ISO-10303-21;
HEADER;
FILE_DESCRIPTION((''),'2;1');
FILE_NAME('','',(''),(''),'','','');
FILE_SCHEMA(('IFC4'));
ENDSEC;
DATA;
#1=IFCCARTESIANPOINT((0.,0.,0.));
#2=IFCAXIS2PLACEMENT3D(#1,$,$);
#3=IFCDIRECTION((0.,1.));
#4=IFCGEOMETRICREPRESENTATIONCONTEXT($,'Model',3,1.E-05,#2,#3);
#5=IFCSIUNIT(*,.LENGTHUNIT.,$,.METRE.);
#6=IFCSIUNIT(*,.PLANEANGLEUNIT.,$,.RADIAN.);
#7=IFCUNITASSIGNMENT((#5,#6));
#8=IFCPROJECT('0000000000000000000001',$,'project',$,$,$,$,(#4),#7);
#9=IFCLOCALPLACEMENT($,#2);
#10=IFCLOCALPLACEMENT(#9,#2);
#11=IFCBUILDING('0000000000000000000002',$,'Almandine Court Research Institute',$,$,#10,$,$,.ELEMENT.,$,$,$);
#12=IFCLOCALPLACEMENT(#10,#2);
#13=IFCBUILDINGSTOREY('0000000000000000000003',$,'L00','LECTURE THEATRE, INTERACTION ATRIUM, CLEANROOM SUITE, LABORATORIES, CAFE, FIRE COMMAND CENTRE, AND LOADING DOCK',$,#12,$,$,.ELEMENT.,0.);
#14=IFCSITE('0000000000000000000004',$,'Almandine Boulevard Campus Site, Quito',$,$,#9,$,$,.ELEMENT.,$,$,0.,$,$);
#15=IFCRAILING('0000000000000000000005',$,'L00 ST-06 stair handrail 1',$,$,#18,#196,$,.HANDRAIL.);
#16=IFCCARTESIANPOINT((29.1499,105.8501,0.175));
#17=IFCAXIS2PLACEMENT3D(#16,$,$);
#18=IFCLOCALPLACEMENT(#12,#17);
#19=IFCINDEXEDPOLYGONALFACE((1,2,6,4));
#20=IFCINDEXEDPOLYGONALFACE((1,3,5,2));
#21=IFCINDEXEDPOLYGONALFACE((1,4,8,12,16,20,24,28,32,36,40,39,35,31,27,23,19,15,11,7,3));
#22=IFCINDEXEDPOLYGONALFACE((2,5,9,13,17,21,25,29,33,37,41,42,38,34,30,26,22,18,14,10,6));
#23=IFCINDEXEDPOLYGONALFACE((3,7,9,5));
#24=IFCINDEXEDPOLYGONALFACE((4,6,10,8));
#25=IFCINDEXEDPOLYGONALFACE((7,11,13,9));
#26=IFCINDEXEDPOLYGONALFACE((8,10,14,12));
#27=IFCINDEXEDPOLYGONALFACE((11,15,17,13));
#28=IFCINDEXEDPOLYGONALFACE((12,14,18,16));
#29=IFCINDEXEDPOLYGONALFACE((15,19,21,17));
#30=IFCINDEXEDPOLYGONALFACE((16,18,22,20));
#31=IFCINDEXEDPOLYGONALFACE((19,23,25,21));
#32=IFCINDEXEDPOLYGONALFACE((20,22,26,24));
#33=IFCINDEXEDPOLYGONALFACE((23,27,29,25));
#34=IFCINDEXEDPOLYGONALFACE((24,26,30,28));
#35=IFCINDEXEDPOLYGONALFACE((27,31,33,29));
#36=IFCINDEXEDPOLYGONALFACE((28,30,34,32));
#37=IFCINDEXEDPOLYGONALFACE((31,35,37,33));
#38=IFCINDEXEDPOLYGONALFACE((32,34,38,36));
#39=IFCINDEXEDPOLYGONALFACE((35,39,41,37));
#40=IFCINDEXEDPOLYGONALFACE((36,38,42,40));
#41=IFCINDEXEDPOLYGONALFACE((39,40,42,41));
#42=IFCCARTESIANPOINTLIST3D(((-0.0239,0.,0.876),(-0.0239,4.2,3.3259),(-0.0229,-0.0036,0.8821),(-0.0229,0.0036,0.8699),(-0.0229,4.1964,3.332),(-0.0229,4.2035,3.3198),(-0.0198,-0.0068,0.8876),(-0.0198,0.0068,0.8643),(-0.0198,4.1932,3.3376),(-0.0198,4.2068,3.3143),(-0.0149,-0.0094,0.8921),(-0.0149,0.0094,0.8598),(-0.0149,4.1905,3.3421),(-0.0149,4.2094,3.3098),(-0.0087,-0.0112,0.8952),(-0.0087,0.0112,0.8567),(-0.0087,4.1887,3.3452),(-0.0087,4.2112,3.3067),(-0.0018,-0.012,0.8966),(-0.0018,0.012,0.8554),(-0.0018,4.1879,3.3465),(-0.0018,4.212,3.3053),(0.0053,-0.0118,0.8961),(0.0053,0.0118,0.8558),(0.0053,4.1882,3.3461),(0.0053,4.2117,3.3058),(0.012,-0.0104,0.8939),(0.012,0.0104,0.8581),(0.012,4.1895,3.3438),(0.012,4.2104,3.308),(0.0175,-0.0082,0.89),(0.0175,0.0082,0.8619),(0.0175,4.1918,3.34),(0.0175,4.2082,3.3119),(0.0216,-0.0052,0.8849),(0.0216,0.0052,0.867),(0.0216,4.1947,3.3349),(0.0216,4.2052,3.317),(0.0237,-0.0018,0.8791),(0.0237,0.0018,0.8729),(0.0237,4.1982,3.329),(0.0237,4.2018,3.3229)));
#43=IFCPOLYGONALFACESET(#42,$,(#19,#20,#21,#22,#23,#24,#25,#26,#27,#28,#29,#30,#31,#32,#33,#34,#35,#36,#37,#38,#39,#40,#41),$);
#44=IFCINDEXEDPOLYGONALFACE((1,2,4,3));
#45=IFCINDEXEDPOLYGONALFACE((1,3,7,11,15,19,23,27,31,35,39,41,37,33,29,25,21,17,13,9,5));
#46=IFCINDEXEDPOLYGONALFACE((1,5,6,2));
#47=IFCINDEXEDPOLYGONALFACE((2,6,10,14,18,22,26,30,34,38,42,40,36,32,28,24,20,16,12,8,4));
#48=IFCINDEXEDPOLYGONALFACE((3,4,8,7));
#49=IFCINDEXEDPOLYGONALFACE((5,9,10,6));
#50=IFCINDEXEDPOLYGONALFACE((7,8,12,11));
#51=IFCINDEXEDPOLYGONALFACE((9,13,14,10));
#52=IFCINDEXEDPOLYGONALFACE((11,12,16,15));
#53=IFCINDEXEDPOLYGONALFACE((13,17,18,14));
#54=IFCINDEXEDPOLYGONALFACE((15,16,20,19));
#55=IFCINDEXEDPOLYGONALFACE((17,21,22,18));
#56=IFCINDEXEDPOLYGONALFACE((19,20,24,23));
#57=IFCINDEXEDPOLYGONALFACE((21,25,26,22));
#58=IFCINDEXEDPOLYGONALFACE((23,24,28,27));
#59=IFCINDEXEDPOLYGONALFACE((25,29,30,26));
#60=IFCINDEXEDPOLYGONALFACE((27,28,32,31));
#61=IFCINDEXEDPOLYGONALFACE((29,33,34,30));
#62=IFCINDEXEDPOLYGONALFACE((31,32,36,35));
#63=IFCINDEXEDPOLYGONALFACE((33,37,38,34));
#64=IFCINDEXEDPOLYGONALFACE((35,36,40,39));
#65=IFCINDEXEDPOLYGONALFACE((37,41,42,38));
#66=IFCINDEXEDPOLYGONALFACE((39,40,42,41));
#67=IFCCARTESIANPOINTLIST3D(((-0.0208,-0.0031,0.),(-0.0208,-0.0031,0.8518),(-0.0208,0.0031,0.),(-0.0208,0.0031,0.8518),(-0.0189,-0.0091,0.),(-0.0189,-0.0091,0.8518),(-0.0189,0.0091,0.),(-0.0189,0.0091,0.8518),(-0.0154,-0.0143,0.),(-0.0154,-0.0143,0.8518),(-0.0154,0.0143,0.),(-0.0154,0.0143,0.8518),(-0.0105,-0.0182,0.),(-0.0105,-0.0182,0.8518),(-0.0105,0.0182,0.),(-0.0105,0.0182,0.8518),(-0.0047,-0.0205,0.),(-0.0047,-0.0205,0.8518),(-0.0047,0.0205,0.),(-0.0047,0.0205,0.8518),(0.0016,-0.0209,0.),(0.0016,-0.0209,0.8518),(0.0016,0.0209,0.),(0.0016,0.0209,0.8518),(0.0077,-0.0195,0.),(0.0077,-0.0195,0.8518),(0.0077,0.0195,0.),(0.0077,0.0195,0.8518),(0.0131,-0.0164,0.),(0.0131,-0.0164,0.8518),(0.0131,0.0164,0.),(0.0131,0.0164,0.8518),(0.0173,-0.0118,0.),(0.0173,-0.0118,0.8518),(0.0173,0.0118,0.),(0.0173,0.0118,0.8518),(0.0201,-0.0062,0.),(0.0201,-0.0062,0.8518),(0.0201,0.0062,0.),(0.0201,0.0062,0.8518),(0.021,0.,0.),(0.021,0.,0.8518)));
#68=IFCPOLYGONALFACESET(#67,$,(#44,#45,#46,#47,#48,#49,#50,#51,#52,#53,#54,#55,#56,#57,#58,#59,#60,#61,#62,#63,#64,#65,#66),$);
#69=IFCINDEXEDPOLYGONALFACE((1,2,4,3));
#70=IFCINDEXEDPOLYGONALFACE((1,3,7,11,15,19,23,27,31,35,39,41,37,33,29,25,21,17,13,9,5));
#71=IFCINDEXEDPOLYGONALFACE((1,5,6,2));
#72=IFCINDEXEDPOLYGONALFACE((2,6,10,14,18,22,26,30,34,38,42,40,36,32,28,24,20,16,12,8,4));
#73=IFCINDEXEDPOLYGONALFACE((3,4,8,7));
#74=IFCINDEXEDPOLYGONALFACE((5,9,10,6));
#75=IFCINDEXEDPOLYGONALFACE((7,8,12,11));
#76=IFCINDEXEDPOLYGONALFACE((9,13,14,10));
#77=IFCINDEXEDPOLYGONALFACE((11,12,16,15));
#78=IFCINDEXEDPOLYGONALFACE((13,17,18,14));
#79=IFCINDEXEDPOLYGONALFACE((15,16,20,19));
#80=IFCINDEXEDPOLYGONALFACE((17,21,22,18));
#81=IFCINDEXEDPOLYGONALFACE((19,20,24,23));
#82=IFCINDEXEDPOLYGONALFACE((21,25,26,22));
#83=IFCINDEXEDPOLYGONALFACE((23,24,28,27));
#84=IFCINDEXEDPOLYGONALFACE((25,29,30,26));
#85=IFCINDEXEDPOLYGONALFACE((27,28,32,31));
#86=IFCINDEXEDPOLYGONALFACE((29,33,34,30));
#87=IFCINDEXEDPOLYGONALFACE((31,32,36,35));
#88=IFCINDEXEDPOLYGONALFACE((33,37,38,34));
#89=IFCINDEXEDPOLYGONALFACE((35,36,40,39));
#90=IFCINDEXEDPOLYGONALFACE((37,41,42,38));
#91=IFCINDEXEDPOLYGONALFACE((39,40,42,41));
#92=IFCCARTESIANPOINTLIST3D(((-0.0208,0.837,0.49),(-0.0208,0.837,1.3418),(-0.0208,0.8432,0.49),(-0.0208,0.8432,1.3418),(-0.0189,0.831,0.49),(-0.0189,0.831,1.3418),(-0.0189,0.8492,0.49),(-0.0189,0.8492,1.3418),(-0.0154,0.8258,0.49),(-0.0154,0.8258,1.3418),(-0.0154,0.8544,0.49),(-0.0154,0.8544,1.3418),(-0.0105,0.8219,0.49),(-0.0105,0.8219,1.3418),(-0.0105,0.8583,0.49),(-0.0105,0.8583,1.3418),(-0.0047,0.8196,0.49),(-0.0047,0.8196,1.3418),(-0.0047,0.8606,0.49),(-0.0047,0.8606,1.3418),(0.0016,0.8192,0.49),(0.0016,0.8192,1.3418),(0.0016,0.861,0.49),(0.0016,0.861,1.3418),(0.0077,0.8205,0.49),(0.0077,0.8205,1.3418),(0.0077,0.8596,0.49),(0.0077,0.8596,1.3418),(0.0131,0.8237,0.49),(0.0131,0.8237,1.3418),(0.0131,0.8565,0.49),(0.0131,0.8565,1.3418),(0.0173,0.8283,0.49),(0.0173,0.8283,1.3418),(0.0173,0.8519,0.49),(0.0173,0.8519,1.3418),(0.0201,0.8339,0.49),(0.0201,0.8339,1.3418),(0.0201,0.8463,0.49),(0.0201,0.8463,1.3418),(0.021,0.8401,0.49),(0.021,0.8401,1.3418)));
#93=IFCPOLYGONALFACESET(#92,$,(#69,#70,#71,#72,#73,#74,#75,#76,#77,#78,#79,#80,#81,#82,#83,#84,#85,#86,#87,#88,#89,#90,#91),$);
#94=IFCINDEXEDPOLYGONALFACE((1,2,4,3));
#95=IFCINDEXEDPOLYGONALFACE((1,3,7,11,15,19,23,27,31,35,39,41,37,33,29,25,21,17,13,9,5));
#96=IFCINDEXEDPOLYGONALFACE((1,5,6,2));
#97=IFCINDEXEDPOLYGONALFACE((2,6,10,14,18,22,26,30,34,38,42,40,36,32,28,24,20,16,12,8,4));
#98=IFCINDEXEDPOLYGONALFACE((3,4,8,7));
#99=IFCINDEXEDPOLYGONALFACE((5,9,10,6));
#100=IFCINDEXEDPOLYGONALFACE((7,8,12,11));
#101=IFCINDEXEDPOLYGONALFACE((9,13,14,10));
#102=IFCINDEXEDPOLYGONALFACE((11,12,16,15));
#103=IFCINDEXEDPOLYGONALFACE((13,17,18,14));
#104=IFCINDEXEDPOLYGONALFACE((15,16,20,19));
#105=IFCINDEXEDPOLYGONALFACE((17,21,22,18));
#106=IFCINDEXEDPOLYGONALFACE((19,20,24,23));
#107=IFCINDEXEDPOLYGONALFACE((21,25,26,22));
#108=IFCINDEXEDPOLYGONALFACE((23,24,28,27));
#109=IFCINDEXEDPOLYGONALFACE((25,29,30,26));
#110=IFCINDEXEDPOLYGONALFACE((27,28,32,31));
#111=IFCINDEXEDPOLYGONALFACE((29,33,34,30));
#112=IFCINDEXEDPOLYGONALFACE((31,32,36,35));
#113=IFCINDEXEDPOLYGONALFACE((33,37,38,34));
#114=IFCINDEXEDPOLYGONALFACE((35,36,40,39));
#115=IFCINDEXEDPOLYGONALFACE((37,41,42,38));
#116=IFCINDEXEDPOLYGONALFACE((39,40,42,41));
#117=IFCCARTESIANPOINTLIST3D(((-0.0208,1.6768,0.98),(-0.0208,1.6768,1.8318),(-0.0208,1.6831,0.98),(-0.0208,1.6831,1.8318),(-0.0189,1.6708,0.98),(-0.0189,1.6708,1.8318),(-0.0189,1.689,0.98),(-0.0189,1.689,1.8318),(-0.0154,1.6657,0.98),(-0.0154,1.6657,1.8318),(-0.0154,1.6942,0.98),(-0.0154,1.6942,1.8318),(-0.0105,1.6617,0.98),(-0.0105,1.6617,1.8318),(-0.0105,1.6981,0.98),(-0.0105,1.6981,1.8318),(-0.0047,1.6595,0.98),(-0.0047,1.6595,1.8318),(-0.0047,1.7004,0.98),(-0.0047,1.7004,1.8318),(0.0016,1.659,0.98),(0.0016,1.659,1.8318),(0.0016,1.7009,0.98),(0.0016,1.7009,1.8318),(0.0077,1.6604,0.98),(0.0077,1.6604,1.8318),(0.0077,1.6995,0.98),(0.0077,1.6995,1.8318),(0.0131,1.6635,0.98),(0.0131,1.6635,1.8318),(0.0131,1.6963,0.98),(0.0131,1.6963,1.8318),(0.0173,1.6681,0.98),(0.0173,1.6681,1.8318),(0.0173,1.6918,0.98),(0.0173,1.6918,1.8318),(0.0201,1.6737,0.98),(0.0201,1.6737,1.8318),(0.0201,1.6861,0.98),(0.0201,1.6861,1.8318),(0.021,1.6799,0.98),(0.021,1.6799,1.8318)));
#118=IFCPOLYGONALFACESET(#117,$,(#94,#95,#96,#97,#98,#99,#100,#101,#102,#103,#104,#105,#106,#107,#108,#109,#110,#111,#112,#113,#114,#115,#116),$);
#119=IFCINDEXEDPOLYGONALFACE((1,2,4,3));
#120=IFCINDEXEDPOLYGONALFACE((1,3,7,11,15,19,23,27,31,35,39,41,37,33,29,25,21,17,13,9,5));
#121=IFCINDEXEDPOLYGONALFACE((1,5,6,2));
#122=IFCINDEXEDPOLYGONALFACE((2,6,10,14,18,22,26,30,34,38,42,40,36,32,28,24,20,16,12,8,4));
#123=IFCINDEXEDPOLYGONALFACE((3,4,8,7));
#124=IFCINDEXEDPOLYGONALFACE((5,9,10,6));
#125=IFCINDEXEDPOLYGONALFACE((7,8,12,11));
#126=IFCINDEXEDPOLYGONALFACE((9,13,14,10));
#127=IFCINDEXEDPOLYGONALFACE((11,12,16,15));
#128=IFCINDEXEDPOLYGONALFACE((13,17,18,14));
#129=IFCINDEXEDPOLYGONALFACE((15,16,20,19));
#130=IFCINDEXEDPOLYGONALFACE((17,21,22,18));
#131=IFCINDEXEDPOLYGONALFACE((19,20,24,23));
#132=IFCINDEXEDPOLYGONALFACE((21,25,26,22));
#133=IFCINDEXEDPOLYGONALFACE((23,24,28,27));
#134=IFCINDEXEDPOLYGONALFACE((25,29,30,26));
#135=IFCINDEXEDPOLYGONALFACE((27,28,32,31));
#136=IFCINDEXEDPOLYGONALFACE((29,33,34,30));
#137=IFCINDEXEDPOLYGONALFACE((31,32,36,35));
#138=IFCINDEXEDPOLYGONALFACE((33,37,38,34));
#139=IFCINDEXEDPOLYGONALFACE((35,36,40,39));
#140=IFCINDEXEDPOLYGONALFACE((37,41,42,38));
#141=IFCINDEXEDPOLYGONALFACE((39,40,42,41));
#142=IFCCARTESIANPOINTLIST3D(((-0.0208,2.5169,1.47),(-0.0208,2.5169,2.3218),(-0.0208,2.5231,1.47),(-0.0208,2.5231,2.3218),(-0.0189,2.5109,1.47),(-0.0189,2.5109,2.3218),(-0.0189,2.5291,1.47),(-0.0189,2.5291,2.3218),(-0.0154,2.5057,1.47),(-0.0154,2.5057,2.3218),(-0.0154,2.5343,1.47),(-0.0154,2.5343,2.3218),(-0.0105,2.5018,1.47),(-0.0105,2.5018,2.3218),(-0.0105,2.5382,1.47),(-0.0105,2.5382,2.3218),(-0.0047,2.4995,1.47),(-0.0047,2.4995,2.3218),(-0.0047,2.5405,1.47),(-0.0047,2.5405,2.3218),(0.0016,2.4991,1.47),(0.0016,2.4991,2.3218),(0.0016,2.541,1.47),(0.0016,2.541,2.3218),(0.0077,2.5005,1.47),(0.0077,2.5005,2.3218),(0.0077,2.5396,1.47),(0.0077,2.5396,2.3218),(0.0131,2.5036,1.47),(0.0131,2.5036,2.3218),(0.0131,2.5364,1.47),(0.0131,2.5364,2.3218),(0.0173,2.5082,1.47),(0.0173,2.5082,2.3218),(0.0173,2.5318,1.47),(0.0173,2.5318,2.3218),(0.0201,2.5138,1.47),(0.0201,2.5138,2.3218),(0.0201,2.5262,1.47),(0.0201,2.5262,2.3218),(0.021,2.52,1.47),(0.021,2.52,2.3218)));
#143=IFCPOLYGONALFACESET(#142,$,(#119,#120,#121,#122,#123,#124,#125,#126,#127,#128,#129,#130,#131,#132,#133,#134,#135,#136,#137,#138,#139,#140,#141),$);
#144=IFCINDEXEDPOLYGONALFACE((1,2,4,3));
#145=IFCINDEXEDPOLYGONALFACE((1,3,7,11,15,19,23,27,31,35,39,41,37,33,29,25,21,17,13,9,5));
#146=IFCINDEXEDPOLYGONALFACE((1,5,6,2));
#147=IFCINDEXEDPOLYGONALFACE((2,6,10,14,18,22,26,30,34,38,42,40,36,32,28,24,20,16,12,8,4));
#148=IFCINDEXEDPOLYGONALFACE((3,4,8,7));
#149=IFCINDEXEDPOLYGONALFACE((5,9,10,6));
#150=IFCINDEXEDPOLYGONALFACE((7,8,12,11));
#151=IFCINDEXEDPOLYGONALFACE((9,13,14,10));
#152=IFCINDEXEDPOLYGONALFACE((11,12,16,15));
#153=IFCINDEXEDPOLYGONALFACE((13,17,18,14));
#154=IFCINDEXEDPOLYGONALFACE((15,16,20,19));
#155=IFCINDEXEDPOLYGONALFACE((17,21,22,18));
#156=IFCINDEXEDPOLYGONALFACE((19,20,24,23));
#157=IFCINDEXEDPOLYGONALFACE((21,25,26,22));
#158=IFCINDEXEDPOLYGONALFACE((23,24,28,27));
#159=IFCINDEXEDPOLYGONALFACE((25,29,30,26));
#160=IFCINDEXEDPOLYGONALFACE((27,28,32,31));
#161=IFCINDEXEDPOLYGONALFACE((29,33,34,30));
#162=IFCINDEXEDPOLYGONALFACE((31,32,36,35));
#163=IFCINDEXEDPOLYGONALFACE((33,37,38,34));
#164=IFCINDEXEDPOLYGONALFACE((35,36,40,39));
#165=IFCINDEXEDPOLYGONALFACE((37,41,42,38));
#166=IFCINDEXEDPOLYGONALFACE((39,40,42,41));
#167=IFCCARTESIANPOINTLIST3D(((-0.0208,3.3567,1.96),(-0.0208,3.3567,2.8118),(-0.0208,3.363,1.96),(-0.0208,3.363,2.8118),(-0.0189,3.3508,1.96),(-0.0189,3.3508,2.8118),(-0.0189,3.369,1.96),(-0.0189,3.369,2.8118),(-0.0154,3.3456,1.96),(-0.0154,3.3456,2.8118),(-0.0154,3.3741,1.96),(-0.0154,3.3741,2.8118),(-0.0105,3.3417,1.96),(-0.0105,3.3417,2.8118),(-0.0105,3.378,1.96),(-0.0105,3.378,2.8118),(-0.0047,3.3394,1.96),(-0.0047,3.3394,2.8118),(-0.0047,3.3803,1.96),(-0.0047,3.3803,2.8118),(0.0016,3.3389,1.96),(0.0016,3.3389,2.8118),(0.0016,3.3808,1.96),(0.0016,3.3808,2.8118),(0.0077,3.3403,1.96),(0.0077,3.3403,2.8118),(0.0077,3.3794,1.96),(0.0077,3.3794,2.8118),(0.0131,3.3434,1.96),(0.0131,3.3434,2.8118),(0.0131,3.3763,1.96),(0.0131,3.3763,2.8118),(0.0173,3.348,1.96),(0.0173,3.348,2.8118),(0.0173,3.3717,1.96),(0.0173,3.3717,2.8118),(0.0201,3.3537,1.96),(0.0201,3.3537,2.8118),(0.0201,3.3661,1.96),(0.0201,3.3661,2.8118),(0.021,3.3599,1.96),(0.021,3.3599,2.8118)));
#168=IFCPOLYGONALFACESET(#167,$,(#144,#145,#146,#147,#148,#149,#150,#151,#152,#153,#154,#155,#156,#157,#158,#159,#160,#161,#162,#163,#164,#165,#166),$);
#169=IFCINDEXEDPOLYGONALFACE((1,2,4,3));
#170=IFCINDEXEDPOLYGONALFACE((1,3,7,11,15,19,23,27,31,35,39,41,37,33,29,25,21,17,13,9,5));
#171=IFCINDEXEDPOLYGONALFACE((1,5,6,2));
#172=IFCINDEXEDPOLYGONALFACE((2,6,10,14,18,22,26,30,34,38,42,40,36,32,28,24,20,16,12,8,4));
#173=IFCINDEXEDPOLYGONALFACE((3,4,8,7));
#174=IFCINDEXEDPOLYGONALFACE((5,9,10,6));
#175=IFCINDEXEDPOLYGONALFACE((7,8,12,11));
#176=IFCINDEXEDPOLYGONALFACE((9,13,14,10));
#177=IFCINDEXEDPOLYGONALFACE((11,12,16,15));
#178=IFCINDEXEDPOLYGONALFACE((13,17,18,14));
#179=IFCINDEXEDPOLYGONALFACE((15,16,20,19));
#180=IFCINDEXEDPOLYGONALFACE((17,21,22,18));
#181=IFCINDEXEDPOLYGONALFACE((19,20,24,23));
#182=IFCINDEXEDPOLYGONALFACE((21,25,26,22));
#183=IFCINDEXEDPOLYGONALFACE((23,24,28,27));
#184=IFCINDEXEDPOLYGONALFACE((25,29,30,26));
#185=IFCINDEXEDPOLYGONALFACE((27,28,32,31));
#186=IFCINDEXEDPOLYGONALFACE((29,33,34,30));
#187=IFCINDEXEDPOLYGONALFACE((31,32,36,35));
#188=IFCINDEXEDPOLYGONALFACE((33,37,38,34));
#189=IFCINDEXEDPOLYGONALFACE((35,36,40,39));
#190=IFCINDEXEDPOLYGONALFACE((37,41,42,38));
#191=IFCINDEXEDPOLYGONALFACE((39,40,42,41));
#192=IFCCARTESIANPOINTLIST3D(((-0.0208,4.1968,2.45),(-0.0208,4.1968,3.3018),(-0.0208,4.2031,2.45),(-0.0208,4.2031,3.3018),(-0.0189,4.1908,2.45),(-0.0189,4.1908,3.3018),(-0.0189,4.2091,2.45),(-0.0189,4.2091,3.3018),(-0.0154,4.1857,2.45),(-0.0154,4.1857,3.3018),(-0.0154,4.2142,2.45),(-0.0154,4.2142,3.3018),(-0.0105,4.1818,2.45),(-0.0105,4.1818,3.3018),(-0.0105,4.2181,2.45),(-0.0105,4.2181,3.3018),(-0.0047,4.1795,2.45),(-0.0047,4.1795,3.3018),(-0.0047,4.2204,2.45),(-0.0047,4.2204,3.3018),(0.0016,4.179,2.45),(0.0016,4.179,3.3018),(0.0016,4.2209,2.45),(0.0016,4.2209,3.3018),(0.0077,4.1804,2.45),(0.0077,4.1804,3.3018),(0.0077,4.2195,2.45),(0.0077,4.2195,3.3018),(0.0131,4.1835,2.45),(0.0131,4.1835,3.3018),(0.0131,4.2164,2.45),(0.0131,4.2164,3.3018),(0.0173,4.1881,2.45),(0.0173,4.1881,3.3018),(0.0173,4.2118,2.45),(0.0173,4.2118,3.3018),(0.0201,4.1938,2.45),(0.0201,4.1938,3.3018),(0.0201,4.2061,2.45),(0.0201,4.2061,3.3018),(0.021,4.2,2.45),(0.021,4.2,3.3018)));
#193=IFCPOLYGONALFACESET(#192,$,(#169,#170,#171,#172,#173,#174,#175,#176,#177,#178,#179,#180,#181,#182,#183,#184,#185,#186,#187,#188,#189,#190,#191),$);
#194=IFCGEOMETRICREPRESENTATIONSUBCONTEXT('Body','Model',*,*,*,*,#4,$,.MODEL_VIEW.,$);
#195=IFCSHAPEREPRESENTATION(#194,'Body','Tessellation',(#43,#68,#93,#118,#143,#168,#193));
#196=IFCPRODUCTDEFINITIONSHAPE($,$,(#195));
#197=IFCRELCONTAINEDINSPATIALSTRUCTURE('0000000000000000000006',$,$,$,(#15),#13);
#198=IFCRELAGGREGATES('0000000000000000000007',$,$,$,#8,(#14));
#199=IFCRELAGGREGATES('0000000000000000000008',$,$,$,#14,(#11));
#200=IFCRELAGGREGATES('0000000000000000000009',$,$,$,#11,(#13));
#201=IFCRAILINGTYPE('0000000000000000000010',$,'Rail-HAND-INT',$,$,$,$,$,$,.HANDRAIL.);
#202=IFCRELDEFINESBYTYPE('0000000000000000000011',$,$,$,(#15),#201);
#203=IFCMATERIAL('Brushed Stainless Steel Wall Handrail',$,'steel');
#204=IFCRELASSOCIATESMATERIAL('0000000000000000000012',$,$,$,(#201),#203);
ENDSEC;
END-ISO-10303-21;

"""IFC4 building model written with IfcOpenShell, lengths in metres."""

from ifc_helpers import new_model, si_unit, direction, frame, origin, origin_2d, place, context, subcontext, project, spatial, circle, extrude, material, type_object, element, save


model = new_model("IFC4")

# Units and contexts
model_context = context("Model", 3, precision=1e-05, world=origin(), true_north=direction((0.0, 1.0)))
body_context = subcontext(model_context, "Body", "Model", "MODEL_VIEW")
ifc_project = project(units=[si_unit("LENGTHUNIT", "METRE"), si_unit("PLANEANGLEUNIT", "RADIAN")], contexts=[model_context])

# Site, building, storey
site_placement = place(None, origin())
site = spatial("IfcSite", under=ifc_project, at=site_placement, Name="Almandine Boulevard Campus Site, Quito", CompositionType="ELEMENT", RefElevation=0.0)
building_placement = place(site_placement, origin())
building = spatial("IfcBuilding", under=site, at=building_placement, Name="Almandine Court Research Institute", CompositionType="ELEMENT")
storey_placement = place(building_placement, origin())
storey = spatial("IfcBuildingStorey", under=building, at=storey_placement, Name="L00", Description="LECTURE THEATRE, INTERACTION ATRIUM, CLEANROOM SUITE, LABORATORIES, CAFE, FIRE COMMAND CENTRE, AND LOADING DOCK", CompositionType="ELEMENT", Elevation=0.0)

# Railing
ifc_material_1 = material(Name="Brushed Stainless Steel Wall Handrail", Category="steel")
railing_type_1 = type_object("IfcRailingType", Name="Rail-HAND-INT", PredefinedType="HANDRAIL", material=ifc_material_1)
railing_1_placement = place(storey_placement, frame((29.1499, 105.8501, 0.175)))
element("IfcRailing", 1, at=railing_1_placement, inside=storey, type_object=railing_type_1, Name="L00 ST-06 stair handrail 1", PredefinedType="HANDRAIL", context=body_context, shape_type="SweptSolid", body=[
    extrude(circle(Radius=0.0239, at=origin_2d()), frame((0.0, 0.0, 0.876), z_axis=(0.0, 0.863781, 0.503868), x_axis=(-1.0, 0.0, 0.0)), (0.0, 0.0, 1.0), 4.8623),
    extrude(circle(Radius=0.021, at=origin_2d()), origin(), (0.0, 0.0, 1.0), 0.8518),
    extrude(circle(Radius=0.021, at=origin_2d()), frame((0.0, 0.8401, 0.49)), (0.0, 0.0, 1.0), 0.8518),
    extrude(circle(Radius=0.021, at=origin_2d()), frame((0.0, 1.6799, 0.98)), (0.0, 0.0, 1.0), 0.8518),
    extrude(circle(Radius=0.021, at=origin_2d()), frame((0.0, 2.52, 1.47)), (0.0, 0.0, 1.0), 0.8518),
    extrude(circle(Radius=0.021, at=origin_2d()), frame((0.0, 3.3599, 1.96)), (0.0, 0.0, 1.0), 0.8518),
    extrude(circle(Radius=0.021, at=origin_2d()), frame((0.0, 4.2, 2.45)), (0.0, 0.0, 1.0), 0.8518),
])

save(model, "model.ifc")
